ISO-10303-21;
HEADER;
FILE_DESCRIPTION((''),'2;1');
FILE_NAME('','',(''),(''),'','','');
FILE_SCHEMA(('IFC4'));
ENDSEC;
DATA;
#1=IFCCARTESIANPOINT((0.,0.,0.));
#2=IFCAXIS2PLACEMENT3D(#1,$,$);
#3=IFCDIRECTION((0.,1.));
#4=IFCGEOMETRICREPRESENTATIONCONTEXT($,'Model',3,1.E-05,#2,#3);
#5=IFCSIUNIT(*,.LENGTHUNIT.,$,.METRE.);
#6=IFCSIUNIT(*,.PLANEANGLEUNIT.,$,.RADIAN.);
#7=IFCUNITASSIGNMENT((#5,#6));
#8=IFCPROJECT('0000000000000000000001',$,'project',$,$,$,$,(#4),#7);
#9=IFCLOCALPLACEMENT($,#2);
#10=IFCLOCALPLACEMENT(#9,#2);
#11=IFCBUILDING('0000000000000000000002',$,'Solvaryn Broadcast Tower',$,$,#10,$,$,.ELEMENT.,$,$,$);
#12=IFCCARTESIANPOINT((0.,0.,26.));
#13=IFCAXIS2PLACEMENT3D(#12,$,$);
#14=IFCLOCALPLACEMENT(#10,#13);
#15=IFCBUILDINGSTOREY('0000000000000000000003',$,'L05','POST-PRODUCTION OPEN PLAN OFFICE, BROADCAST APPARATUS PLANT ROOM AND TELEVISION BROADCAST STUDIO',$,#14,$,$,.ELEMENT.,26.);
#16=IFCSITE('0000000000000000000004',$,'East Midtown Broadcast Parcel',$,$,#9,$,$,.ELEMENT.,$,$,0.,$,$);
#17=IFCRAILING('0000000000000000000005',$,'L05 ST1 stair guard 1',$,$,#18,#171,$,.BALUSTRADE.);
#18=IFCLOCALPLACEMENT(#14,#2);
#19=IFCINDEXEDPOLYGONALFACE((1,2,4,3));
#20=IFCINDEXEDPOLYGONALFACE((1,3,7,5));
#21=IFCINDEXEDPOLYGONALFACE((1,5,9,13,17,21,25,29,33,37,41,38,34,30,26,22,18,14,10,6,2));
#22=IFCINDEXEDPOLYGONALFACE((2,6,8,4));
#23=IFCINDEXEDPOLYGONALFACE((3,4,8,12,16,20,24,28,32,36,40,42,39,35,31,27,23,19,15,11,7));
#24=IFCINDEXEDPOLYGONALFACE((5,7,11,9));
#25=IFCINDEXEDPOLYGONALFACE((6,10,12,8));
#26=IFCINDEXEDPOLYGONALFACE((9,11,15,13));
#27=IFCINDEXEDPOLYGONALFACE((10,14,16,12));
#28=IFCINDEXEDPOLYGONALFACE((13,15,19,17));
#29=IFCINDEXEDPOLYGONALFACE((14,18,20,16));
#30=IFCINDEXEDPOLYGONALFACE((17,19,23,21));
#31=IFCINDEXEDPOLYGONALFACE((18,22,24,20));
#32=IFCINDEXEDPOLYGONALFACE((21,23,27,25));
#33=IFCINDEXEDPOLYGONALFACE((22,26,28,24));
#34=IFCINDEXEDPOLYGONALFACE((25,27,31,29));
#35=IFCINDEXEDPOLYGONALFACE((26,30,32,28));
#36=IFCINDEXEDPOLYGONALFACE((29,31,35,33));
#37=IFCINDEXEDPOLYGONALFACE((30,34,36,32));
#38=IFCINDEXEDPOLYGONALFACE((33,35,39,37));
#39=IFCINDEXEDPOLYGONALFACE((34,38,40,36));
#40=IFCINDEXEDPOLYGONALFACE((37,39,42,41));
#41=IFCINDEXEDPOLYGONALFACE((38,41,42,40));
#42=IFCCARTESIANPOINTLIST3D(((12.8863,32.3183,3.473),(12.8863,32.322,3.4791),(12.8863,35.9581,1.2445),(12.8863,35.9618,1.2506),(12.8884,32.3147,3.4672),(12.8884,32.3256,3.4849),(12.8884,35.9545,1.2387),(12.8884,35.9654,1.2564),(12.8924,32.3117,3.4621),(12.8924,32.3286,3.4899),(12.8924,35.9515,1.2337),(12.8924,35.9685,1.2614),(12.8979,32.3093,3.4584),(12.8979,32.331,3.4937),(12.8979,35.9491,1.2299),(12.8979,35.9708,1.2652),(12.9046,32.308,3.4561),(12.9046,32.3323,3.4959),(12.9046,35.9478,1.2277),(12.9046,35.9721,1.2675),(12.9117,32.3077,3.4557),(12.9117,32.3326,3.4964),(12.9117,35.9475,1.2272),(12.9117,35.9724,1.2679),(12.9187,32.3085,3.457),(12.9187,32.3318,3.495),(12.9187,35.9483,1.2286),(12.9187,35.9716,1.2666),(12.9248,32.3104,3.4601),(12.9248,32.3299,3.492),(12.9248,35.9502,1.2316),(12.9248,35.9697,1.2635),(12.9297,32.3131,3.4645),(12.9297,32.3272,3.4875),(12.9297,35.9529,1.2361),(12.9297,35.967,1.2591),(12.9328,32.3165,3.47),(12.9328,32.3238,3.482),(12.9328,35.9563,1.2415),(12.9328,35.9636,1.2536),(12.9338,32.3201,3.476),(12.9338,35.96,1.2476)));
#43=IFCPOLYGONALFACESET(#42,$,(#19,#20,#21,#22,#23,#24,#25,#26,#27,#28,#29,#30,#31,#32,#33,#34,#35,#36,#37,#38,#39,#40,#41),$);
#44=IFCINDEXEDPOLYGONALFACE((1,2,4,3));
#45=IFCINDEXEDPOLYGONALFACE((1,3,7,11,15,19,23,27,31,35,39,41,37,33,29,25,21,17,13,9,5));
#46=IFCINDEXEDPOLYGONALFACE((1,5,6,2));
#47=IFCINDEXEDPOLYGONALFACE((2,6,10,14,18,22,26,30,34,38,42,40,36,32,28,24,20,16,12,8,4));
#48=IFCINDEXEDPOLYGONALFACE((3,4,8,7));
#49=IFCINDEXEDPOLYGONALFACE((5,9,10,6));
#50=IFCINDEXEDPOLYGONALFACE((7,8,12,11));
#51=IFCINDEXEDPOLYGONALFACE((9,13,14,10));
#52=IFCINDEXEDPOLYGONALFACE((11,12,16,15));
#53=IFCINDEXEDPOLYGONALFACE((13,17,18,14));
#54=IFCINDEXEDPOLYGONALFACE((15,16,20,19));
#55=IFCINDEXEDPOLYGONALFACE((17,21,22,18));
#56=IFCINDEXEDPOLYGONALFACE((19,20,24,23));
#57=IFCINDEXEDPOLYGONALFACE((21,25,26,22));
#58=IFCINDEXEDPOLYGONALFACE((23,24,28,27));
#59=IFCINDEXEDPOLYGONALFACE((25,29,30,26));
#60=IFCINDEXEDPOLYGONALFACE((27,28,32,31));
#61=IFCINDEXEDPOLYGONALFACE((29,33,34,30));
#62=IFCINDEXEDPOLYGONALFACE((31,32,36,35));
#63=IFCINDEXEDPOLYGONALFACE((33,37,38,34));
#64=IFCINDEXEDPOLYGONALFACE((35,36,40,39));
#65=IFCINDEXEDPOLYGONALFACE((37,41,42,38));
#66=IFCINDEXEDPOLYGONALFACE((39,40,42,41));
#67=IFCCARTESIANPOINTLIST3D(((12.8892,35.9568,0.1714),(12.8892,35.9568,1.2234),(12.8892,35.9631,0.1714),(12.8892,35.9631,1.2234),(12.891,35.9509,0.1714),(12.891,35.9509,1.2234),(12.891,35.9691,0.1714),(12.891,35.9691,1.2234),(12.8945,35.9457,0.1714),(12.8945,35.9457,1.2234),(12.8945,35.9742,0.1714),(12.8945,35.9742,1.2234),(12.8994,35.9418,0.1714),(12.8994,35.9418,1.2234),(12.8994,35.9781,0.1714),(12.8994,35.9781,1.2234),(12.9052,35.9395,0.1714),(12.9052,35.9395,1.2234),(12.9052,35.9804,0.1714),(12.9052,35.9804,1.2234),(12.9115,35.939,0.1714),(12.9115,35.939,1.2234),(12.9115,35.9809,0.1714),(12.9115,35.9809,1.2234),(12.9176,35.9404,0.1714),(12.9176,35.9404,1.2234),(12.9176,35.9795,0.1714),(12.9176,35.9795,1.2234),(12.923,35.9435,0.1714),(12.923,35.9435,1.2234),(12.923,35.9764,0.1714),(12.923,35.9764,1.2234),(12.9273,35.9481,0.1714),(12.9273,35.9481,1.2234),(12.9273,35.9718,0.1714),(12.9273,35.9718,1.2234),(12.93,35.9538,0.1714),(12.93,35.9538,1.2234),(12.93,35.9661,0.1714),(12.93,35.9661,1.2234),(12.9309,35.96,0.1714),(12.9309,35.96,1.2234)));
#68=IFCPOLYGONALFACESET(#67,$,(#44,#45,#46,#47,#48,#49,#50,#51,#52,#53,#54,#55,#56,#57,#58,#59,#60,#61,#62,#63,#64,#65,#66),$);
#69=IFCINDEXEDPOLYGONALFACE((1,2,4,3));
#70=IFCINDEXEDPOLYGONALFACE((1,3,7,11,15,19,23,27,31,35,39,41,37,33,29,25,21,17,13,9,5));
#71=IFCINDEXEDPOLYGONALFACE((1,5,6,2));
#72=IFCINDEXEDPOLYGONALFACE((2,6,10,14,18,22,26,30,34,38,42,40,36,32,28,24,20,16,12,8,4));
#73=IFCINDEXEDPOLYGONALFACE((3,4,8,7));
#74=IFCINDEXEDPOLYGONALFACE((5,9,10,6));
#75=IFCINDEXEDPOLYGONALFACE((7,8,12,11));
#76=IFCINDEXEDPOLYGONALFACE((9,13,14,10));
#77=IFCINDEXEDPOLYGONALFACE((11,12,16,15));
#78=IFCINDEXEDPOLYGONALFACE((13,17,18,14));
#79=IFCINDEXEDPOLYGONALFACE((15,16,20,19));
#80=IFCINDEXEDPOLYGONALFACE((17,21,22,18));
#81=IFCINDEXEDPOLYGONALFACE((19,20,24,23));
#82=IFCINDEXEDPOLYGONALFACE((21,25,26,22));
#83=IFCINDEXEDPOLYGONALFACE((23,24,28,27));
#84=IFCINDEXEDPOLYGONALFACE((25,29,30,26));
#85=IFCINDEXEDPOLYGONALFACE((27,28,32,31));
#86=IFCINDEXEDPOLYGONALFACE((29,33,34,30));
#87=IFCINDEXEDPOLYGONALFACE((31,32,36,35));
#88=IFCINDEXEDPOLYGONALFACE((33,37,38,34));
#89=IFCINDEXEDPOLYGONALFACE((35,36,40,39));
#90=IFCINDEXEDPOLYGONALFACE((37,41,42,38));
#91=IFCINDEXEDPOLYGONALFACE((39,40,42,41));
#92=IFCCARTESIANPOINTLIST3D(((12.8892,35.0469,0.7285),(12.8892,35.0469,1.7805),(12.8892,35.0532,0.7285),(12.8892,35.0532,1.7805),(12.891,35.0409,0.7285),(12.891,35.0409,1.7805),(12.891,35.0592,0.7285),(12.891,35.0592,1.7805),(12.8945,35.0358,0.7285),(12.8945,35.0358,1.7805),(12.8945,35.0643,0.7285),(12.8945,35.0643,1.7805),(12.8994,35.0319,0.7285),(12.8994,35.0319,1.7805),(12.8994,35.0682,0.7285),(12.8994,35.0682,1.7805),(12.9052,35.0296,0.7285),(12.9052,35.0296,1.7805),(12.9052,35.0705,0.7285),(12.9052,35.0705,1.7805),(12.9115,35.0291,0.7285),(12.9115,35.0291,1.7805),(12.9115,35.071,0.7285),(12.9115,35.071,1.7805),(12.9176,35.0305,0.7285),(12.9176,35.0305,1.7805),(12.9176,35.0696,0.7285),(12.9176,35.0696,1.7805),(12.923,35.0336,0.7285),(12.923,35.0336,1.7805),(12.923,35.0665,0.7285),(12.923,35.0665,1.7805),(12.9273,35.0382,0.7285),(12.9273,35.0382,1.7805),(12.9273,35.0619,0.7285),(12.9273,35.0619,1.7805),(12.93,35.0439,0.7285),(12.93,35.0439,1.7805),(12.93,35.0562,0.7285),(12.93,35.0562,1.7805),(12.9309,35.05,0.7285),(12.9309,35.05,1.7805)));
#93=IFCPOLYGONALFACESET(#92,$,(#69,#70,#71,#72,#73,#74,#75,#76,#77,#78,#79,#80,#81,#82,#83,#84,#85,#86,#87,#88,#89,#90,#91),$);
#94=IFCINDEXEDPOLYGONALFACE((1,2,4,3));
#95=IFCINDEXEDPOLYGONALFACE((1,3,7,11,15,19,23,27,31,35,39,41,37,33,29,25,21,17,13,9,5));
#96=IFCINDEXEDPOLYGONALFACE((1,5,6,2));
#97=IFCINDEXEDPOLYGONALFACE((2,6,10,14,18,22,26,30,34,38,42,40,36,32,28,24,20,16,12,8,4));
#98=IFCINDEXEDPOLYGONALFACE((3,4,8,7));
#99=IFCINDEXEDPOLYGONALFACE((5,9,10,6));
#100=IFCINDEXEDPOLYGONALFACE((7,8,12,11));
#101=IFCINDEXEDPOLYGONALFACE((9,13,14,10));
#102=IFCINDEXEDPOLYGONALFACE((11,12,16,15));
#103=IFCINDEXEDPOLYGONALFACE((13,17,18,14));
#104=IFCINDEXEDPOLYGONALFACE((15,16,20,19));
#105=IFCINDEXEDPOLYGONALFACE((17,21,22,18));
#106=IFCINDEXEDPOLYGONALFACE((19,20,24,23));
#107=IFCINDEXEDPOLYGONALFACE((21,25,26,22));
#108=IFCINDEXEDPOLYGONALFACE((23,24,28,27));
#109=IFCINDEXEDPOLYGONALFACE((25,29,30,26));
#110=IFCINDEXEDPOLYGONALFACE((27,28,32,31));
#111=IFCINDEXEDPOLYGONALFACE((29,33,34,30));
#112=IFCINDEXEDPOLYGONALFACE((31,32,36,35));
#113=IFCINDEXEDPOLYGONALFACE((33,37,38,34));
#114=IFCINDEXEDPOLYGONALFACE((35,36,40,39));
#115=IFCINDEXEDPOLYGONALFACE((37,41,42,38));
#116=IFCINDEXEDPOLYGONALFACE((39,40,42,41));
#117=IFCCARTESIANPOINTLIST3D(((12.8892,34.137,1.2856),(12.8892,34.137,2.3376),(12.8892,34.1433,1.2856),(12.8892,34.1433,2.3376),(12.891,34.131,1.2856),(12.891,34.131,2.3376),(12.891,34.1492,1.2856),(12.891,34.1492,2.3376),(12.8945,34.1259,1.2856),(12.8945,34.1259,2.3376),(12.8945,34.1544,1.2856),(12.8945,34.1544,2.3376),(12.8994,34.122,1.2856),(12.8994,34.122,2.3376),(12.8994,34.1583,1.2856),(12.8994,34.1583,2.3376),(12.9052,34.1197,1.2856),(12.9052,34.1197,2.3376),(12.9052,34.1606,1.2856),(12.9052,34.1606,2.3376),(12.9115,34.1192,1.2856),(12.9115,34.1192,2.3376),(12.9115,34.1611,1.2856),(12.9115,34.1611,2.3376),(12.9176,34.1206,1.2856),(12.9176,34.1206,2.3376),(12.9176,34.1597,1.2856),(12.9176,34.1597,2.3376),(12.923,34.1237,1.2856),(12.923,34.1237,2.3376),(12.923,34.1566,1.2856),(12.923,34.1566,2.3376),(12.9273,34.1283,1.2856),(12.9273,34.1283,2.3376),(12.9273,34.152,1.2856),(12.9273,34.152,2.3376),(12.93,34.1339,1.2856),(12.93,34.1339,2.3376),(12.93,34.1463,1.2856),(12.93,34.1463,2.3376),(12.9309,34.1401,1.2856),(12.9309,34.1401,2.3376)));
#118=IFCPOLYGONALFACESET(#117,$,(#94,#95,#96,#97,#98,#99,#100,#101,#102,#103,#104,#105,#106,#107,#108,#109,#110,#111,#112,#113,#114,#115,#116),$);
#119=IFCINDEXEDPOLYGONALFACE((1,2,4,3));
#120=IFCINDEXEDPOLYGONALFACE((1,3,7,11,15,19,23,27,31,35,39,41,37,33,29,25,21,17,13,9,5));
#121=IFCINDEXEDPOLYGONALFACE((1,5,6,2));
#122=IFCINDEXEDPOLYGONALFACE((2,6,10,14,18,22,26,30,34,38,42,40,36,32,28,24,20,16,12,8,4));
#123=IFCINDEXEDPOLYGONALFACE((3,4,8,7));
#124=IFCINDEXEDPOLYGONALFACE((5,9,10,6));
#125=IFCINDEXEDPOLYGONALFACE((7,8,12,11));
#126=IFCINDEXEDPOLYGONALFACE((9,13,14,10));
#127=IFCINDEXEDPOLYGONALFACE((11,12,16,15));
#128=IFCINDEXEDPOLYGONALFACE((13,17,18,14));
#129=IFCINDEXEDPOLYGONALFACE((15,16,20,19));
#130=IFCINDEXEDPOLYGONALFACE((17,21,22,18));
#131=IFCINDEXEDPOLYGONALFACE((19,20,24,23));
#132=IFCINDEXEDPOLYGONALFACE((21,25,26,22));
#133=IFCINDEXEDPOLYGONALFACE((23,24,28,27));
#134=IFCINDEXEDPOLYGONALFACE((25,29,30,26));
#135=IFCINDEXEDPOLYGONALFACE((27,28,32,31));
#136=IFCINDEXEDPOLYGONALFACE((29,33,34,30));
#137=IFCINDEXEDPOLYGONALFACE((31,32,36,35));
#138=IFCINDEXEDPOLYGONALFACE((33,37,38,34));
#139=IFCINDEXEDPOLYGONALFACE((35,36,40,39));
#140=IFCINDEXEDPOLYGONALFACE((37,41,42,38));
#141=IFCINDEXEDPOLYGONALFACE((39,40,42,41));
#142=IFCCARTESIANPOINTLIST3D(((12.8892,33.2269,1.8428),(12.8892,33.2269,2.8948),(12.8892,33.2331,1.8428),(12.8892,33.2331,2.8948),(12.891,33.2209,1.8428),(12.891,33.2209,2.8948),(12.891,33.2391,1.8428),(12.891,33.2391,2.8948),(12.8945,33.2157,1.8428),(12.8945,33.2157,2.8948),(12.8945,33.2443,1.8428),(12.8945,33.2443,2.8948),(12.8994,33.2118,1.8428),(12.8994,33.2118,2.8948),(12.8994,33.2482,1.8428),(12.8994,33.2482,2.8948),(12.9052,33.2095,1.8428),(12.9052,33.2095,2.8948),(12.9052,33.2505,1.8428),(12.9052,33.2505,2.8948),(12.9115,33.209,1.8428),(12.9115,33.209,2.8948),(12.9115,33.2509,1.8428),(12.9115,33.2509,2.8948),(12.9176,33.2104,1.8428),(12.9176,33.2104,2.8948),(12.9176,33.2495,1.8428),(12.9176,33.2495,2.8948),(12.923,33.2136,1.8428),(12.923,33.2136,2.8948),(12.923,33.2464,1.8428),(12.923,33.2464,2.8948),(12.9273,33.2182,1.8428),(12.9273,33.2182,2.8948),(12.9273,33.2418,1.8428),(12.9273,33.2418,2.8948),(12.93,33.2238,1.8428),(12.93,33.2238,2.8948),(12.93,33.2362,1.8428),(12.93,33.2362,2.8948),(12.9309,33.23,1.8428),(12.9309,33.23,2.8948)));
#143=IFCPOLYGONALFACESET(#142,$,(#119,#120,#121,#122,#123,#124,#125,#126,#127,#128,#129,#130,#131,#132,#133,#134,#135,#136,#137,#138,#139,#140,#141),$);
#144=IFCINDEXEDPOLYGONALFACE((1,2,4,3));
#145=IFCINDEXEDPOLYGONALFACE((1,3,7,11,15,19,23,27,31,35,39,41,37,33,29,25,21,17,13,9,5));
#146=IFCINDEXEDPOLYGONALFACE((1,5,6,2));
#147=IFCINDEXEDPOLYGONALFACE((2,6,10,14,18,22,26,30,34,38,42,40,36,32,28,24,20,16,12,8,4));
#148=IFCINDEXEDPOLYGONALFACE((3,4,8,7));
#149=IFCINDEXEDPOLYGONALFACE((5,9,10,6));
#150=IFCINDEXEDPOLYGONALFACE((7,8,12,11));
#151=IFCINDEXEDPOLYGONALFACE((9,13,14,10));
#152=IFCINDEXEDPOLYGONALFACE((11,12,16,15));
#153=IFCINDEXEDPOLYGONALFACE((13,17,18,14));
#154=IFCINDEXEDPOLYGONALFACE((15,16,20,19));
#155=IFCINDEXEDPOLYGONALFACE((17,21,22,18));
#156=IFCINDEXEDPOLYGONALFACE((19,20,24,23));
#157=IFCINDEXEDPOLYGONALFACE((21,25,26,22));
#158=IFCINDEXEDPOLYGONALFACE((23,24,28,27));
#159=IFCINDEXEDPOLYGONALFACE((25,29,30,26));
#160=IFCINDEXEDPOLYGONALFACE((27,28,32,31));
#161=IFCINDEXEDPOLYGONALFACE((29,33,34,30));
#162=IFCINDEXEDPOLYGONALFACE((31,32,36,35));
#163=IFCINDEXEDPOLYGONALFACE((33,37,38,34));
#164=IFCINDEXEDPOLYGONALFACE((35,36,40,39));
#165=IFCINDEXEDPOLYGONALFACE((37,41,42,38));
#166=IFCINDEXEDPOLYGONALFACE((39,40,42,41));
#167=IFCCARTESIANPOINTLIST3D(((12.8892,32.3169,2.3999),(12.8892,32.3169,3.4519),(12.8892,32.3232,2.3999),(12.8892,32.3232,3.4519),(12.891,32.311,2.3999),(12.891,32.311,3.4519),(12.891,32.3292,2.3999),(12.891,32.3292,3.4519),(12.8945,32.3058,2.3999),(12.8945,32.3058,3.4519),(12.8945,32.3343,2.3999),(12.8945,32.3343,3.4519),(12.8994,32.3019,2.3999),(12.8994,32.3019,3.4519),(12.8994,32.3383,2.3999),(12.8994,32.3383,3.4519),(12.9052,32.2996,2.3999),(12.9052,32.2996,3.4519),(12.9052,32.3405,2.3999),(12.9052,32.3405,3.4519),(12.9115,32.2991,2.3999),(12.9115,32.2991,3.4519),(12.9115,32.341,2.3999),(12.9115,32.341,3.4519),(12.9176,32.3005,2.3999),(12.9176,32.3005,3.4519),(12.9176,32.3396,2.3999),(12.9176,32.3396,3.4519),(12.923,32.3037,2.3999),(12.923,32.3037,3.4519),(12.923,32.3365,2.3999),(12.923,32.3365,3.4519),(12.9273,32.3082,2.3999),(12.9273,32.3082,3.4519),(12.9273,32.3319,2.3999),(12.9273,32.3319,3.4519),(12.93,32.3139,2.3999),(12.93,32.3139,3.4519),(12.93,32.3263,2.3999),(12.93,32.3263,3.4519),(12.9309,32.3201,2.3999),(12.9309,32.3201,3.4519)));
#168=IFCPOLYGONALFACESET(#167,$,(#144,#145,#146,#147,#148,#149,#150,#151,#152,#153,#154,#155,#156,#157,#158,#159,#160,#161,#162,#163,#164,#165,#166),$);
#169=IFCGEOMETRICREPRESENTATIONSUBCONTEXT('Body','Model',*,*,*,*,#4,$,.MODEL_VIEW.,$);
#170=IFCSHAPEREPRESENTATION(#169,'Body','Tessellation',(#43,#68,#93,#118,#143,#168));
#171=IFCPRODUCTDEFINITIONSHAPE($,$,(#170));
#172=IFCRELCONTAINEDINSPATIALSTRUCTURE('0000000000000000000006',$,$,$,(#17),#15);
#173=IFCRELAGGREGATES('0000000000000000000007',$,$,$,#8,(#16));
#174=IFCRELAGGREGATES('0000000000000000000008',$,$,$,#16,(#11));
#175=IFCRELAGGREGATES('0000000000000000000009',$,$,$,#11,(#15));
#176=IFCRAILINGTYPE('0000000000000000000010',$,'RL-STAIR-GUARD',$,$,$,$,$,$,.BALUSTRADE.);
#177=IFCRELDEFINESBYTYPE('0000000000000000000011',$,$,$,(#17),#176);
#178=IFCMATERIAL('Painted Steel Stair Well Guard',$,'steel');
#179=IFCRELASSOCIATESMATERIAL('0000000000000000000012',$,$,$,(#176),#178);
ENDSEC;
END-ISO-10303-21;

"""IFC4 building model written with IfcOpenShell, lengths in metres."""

from ifc_helpers import new_model, si_unit, direction, frame, origin, origin_2d, place, context, subcontext, project, spatial, circle, extrude, material, type_object, element, save


model = new_model("IFC4")

# Units and contexts
model_context = context("Model", 3, precision=1e-05, world=origin(), true_north=direction((0.0, 1.0)))
body_context = subcontext(model_context, "Body", "Model", "MODEL_VIEW")
ifc_project = project(units=[si_unit("LENGTHUNIT", "METRE"), si_unit("PLANEANGLEUNIT", "RADIAN")], contexts=[model_context])

# Site, building, storey
site_placement = place(None, origin())
site = spatial("IfcSite", under=ifc_project, at=site_placement, Name="East Midtown Broadcast Parcel", CompositionType="ELEMENT", RefElevation=0.0)
building_placement = place(site_placement, origin())
building = spatial("IfcBuilding", under=site, at=building_placement, Name="Solvaryn Broadcast Tower", CompositionType="ELEMENT")
storey_placement = place(building_placement, frame((0.0, 0.0, 26.0)))
storey = spatial("IfcBuildingStorey", under=building, at=storey_placement, Name="L05", Description="POST-PRODUCTION OPEN PLAN OFFICE, BROADCAST APPARATUS PLANT ROOM AND TELEVISION BROADCAST STUDIO", CompositionType="ELEMENT", Elevation=26.0)

# Railing
ifc_material_1 = material(Name="Painted Steel Stair Well Guard", Category="steel")
railing_type_1 = type_object("IfcRailingType", Name="RL-STAIR-GUARD", PredefinedType="BALUSTRADE", material=ifc_material_1)
railing_1_placement = place(storey_placement, frame((12.9099, 35.96, 0.1714)))
element("IfcRailing", 1, at=railing_1_placement, inside=storey, type_object=railing_type_1, Name="L05 ST1 stair guard 1", PredefinedType="BALUSTRADE", context=body_context, shape_type="SweptSolid", body=[
    extrude(circle(Radius=0.0239, at=origin_2d()), frame((0.0, 0.0, 1.0762), z_axis=(0.0, -0.85285, 0.522156), x_axis=(1.0, 0.0, 0.0)), (0.0, 0.0, 1.0), 4.2678),
    extrude(circle(Radius=0.021, at=origin_2d()), origin(), (0.0, 0.0, 1.0), 1.052),
    extrude(circle(Radius=0.021, at=origin_2d()), frame((0.0, -0.9099, 0.5571)), (0.0, 0.0, 1.0), 1.052),
    extrude(circle(Radius=0.021, at=origin_2d()), frame((0.0, -1.8198, 1.1143)), (0.0, 0.0, 1.0), 1.052),
    extrude(circle(Radius=0.021, at=origin_2d()), frame((0.0, -2.73, 1.6714)), (0.0, 0.0, 1.0), 1.052),
    extrude(circle(Radius=0.021, at=origin_2d()), frame((0.0, -3.6399, 2.2285)), (0.0, 0.0, 1.0), 1.052),
])

save(model, "model.ifc")
